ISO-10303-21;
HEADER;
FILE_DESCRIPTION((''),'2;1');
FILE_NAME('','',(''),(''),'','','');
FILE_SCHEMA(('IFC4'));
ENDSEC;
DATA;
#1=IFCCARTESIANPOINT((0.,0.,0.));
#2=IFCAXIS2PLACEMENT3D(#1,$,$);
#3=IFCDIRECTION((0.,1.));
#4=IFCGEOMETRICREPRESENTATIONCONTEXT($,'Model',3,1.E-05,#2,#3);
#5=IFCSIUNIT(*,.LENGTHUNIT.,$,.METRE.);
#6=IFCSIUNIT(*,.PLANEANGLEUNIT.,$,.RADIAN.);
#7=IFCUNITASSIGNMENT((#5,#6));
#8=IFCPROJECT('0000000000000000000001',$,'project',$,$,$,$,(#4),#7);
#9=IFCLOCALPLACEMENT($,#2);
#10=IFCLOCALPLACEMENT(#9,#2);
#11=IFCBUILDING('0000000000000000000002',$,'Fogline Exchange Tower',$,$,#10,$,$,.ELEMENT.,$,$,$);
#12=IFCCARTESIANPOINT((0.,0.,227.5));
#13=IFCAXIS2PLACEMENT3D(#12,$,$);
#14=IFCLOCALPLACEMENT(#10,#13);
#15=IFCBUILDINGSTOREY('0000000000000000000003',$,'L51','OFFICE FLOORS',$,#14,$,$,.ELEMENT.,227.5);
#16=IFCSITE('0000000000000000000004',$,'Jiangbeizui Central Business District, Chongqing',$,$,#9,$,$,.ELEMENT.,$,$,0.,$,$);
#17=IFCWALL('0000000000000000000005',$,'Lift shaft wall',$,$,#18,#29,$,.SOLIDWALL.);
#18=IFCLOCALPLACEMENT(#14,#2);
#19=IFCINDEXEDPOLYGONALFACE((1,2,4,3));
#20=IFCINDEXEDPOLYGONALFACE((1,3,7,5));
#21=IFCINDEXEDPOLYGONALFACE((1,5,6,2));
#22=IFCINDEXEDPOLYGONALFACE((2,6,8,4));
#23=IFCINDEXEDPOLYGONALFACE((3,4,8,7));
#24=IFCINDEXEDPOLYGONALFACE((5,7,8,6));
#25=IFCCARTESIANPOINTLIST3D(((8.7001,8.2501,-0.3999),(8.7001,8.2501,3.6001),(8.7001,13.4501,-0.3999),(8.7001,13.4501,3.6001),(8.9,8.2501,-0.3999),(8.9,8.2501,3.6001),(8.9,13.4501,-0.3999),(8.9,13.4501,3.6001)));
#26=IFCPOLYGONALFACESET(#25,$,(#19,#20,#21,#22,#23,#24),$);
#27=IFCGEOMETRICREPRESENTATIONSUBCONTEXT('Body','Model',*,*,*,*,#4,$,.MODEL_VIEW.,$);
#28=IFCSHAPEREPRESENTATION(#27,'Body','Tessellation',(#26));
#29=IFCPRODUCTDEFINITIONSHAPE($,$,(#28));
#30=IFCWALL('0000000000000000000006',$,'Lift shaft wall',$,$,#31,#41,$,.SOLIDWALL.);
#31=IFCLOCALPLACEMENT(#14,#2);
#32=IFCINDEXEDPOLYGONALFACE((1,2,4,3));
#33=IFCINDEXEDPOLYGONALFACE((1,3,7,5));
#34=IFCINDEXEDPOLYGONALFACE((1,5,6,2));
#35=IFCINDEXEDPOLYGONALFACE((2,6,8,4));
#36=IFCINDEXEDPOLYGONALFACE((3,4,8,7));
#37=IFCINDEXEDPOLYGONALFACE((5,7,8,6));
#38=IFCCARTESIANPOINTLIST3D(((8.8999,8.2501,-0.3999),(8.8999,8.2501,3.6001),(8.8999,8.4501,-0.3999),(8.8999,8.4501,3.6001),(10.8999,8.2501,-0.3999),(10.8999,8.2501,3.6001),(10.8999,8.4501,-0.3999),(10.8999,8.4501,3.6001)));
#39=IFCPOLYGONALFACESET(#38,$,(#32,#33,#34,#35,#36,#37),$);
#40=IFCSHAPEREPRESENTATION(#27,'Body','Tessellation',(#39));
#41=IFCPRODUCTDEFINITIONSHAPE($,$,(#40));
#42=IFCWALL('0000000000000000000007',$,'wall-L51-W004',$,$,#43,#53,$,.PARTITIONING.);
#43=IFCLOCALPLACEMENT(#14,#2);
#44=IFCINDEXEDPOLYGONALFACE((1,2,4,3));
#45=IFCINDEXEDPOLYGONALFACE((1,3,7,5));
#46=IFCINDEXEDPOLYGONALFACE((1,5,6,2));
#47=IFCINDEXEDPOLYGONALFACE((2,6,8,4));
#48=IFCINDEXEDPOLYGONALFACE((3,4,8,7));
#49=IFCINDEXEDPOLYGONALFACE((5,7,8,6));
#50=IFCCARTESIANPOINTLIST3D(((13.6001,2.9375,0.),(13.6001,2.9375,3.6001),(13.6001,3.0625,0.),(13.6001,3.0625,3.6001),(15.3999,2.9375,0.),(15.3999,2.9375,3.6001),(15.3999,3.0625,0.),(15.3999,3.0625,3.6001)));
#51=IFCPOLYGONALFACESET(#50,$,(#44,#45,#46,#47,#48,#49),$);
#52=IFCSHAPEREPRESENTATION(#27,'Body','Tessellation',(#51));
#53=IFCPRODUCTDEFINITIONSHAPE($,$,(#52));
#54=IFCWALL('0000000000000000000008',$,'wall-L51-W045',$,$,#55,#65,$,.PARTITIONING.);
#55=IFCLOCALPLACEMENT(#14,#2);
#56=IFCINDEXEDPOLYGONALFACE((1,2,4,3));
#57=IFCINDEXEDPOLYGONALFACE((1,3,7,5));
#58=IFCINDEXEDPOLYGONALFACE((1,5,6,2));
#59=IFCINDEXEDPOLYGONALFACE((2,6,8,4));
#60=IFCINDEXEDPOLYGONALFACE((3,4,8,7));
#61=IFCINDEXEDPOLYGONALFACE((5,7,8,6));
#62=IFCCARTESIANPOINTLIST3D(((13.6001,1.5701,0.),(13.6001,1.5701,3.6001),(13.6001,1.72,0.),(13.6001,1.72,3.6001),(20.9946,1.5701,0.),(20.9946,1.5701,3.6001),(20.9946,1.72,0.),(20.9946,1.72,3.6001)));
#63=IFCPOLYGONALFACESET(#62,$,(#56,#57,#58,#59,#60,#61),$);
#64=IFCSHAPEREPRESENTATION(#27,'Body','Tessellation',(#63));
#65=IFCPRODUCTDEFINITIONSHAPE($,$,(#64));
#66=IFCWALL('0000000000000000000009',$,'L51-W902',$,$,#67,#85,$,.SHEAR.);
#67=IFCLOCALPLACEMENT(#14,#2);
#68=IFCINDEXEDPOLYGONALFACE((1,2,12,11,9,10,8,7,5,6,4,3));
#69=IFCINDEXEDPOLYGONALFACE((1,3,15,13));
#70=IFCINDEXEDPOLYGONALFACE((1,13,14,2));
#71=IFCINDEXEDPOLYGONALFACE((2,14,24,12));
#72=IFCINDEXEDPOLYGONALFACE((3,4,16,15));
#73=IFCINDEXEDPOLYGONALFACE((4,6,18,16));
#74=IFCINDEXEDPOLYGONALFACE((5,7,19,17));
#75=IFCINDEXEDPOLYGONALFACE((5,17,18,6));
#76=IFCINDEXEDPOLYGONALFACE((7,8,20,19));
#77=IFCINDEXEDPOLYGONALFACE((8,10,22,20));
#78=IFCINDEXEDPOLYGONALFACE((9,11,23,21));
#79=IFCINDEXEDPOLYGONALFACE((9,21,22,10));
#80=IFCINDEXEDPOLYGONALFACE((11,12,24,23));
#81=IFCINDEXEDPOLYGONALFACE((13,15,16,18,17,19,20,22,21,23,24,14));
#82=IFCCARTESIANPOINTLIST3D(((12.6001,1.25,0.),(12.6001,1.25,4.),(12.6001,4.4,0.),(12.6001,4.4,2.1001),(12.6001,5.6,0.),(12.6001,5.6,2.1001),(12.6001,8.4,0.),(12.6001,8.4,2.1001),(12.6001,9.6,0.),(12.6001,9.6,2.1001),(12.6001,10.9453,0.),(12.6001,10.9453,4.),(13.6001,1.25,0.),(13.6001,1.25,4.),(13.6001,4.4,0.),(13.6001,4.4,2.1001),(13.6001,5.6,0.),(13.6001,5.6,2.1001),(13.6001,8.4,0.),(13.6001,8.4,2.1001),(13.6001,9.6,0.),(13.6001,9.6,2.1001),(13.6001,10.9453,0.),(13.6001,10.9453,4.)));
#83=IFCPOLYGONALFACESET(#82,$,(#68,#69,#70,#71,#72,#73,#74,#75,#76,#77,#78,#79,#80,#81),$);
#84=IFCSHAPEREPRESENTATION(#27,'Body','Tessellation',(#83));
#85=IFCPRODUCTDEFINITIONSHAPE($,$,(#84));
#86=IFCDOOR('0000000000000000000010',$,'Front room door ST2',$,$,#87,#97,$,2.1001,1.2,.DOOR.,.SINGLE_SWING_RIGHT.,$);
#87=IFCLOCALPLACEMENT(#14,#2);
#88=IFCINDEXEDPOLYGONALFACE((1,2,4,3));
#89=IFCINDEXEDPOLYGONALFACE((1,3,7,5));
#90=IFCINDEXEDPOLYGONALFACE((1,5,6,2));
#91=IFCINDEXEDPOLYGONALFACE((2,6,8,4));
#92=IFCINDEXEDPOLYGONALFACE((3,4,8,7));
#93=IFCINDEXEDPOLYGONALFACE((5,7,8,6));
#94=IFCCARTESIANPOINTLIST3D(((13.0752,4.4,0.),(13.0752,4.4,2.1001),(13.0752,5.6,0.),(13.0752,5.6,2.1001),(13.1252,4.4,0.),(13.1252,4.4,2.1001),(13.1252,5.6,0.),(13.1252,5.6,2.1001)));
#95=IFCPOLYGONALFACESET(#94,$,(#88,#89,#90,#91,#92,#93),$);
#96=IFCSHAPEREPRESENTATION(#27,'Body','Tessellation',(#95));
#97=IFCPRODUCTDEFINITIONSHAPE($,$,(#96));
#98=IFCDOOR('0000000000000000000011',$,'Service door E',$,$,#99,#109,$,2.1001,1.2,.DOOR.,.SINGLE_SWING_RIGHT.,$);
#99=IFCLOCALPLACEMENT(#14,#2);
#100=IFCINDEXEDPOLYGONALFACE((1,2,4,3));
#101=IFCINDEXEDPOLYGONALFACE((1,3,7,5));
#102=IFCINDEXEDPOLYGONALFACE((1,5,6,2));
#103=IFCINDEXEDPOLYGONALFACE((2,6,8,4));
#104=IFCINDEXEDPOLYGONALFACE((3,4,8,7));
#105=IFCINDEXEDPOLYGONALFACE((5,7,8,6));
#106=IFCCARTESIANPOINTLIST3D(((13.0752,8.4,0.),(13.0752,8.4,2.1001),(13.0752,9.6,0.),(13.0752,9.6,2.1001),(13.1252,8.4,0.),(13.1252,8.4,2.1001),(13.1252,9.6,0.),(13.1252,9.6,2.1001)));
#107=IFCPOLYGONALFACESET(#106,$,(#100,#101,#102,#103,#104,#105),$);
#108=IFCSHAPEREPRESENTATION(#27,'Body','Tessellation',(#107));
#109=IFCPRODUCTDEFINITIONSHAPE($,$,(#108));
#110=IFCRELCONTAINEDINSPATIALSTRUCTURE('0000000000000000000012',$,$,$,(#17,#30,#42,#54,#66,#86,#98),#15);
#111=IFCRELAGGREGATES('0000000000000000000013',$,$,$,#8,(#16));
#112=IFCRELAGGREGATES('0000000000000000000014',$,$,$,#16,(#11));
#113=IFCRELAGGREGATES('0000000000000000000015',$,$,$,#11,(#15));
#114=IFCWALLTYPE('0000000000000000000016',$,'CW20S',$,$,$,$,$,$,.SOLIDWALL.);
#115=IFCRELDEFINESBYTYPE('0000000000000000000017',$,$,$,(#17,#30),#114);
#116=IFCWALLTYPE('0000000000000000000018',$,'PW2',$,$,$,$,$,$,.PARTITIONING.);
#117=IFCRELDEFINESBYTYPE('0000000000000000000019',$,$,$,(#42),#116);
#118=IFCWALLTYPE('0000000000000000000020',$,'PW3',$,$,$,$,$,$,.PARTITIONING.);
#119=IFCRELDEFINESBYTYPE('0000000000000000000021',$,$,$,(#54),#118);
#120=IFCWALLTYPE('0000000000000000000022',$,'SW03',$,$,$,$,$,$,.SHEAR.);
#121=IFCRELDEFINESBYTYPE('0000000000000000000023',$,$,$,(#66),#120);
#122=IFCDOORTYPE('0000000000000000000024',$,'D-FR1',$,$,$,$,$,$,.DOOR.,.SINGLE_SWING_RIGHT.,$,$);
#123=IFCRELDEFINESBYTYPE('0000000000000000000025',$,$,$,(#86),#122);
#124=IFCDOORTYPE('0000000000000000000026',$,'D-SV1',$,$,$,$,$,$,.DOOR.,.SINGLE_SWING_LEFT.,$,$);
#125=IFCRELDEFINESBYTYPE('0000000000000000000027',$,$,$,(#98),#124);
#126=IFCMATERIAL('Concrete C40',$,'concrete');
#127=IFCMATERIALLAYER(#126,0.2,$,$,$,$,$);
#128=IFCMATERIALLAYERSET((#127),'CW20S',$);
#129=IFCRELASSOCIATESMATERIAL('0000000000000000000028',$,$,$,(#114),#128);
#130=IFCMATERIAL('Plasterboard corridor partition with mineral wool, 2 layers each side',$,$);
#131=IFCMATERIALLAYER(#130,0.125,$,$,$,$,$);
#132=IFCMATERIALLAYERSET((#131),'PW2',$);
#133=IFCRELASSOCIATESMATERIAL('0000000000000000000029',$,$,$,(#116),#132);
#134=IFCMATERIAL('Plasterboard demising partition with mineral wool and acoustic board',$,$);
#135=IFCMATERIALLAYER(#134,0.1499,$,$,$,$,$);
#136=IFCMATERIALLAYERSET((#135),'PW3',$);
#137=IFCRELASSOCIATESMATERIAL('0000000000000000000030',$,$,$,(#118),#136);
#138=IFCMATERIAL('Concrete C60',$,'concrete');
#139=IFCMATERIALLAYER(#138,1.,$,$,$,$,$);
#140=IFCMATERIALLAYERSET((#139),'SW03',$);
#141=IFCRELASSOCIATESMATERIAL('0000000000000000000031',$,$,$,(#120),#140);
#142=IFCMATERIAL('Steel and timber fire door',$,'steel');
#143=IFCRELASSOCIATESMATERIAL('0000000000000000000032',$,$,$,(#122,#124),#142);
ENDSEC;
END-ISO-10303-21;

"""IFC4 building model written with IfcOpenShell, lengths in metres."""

from ifc_helpers import new_model, si_unit, direction, frame, frame_2d, origin, place, context, subcontext, project, spatial, rectangle, extrude, material, layer, layer_set, type_object, element, fill, save


model = new_model("IFC4")

# Units and contexts
model_context = context("Model", 3, precision=1e-05, world=origin(), true_north=direction((0.0, 1.0)))
body_context = subcontext(model_context, "Body", "Model", "MODEL_VIEW")
ifc_project = project(units=[si_unit("LENGTHUNIT", "METRE"), si_unit("PLANEANGLEUNIT", "RADIAN")], contexts=[model_context])

# Site, building, storey
site_placement = place(None, origin())
site = spatial("IfcSite", under=ifc_project, at=site_placement, Name="Jiangbeizui Central Business District, Chongqing", CompositionType="ELEMENT", RefElevation=0.0)
building_placement = place(site_placement, origin())
building = spatial("IfcBuilding", under=site, at=building_placement, Name="Fogline Exchange Tower", CompositionType="ELEMENT")
storey_placement = place(building_placement, frame((0.0, 0.0, 227.5)))
storey = spatial("IfcBuildingStorey", under=building, at=storey_placement, Name="L51", Description="OFFICE FLOORS", CompositionType="ELEMENT", Elevation=227.5)

# Shared definitions
ifc_material_1 = material(Name="Concrete C60", Category="concrete")

# Shared definitions
ifc_material_2 = material(Name="Concrete C40", Category="concrete")

# Shared definitions
ifc_material_3 = material(Name="Steel and timber fire door", Category="steel")

# Walls
ifc_layer_1 = layer(ifc_material_2, 0.2)
ifc_layer_set_1 = layer_set([ifc_layer_1], Name="CW20S")
wall_type_1 = type_object("IfcWallType", Name="CW20S", PredefinedType="SOLIDWALL", material=ifc_layer_set_1)
wall_1_placement = place(storey_placement, frame((8.8, 8.25, -0.3999), z_axis=(0.0, 0.0, 1.0), x_axis=(0.0, 1.0, 0.0)))
element("IfcWall", 1, at=wall_1_placement, inside=storey, type_object=wall_type_1, Name="Lift shaft wall", PredefinedType="SOLIDWALL", context=body_context, shape_type="SweptSolid", body=[
    extrude(rectangle(XDim=5.2, YDim=0.2, at=frame_2d((2.6001, 0.0))), origin(), (0.0, 0.0, 1.0), 4.0),
])
wall_2_placement = place(storey_placement, frame((8.8999, 8.3501, -0.3999), z_axis=(0.0, 0.0, 1.0), x_axis=(1.0, 0.0, 0.0)))
element("IfcWall", 2, at=wall_2_placement, inside=storey, type_object=wall_type_1, Name="Lift shaft wall", PredefinedType="SOLIDWALL", context=body_context, shape_type="SweptSolid", body=[
    extrude(rectangle(XDim=2.0, YDim=0.2, at=frame_2d((1.0, 0.0))), origin(), (0.0, 0.0, 1.0), 4.0),
])
ifc_material_4 = material(Name="Plasterboard corridor partition with mineral wool, 2 layers each side")
ifc_layer_2 = layer(ifc_material_4, 0.125)
ifc_layer_set_2 = layer_set([ifc_layer_2], Name="PW2")
wall_type_2 = type_object("IfcWallType", Name="PW2", PredefinedType="PARTITIONING", material=ifc_layer_set_2)
wall_3_placement = place(storey_placement, frame((15.3999, 3.0, 0.0), z_axis=(0.0, 0.0, 1.0), x_axis=(-1.0, 0.0, 0.0)))
element("IfcWall", 3, at=wall_3_placement, inside=storey, type_object=wall_type_2, Name="wall-L51-W004", PredefinedType="PARTITIONING", context=body_context, shape_type="SweptSolid", body=[
    extrude(rectangle(XDim=1.7998, YDim=0.125, at=frame_2d((0.8999, 0.0))), origin(), (0.0, 0.0, 1.0), 3.6001),
])
ifc_material_5 = material(Name="Plasterboard demising partition with mineral wool and acoustic board")
ifc_layer_3 = layer(ifc_material_5, 0.1499)
ifc_layer_set_3 = layer_set([ifc_layer_3], Name="PW3")
wall_type_3 = type_object("IfcWallType", Name="PW3", PredefinedType="PARTITIONING", material=ifc_layer_set_3)
wall_4_placement = place(storey_placement, frame((13.6001, 1.645, 0.0), z_axis=(0.0, 0.0, 1.0), x_axis=(1.0, 0.0, 0.0)))
element("IfcWall", 4, at=wall_4_placement, inside=storey, type_object=wall_type_3, Name="wall-L51-W045", PredefinedType="PARTITIONING", context=body_context, shape_type="SweptSolid", body=[
    extrude(rectangle(XDim=7.3945, YDim=0.1499, at=frame_2d((3.6973, 0.0))), origin(), (0.0, 0.0, 1.0), 3.6001),
])

# Wall, openings, doors
ifc_layer_4 = layer(ifc_material_1, 1.0)
ifc_layer_set_4 = layer_set([ifc_layer_4], Name="SW03")
wall_type_4 = type_object("IfcWallType", Name="SW03", PredefinedType="SHEAR", material=ifc_layer_set_4)
wall_5_placement = place(storey_placement, frame((13.1001, 1.25, 0.0), z_axis=(0.0, 0.0, 1.0), x_axis=(0.0, 1.0, 0.0)))
wall_5 = element("IfcWall", 5, at=wall_5_placement, inside=storey, type_object=wall_type_4, Name="L51-W902", PredefinedType="SHEAR", context=body_context, shape_type="SweptSolid", body=[
    extrude(rectangle(XDim=9.6953, YDim=1.0, at=frame_2d((4.8477, 0.0))), origin(), (0.0, 0.0, 1.0), 4.0),
])
opening_1_placement = place(wall_5_placement, frame((3.1499, 0.0, 0.0)))
opening_1 = element("IfcOpeningElement", 6, at=opening_1_placement, cuts=wall_5, PredefinedType="OPENING", context=body_context, shape_type="SweptSolid", body=[
    extrude(rectangle(XDim=1.2, YDim=2.1001, at=frame_2d((0.6001, 1.05))), frame((0.0, 0.51, 0.0), z_axis=(0.0, -1.0, 0.0), x_axis=(1.0, 0.0, 0.0)), (0.0, 0.0, 1.0), 1.02),
])
opening_2_placement = place(wall_5_placement, frame((7.1499, 0.0, 0.0)))
opening_2 = element("IfcOpeningElement", 7, at=opening_2_placement, cuts=wall_5, PredefinedType="OPENING", context=body_context, shape_type="SweptSolid", body=[
    extrude(rectangle(XDim=1.2, YDim=2.1001, at=frame_2d((0.6001, 1.05))), frame((0.0, 0.51, 0.0), z_axis=(0.0, -1.0, 0.0), x_axis=(1.0, 0.0, 0.0)), (0.0, 0.0, 1.0), 1.02),
])
door_type_1 = type_object("IfcDoorType", Name="D-FR1", OperationType="SINGLE_SWING_RIGHT", PredefinedType="DOOR", material=ifc_material_3)
door_1_placement = place(opening_1_placement, origin())
door_1 = element("IfcDoor", 8, at=door_1_placement, inside=storey, type_object=door_type_1, Name="Front room door ST2", OperationType="SINGLE_SWING_RIGHT", OverallHeight=2.1001, OverallWidth=1.2, PredefinedType="DOOR", context=body_context, shape_type="SweptSolid", body=[
    extrude(rectangle(XDim=1.2, YDim=2.1001, at=frame_2d((0.6001, 1.05))), frame((0.0, 0.0249, 0.0), z_axis=(0.0, -1.0, 0.0), x_axis=(1.0, 0.0, 0.0)), (0.0, 0.0, 1.0), 0.05),
])
fill(opening_1, door_1)
door_type_2 = type_object("IfcDoorType", Name="D-SV1", OperationType="SINGLE_SWING_LEFT", PredefinedType="DOOR", material=ifc_material_3)
door_2_placement = place(opening_2_placement, origin())
door_2 = element("IfcDoor", 9, at=door_2_placement, inside=storey, type_object=door_type_2, Name="Service door E", OperationType="SINGLE_SWING_RIGHT", OverallHeight=2.1001, OverallWidth=1.2, PredefinedType="DOOR", context=body_context, shape_type="SweptSolid", body=[
    extrude(rectangle(XDim=1.2, YDim=2.1001, at=frame_2d((0.6001, 1.05))), frame((0.0, 0.0249, 0.0), z_axis=(0.0, -1.0, 0.0), x_axis=(1.0, 0.0, 0.0)), (0.0, 0.0, 1.0), 0.05),
])
fill(opening_2, door_2)

save(model, "model.ifc")
